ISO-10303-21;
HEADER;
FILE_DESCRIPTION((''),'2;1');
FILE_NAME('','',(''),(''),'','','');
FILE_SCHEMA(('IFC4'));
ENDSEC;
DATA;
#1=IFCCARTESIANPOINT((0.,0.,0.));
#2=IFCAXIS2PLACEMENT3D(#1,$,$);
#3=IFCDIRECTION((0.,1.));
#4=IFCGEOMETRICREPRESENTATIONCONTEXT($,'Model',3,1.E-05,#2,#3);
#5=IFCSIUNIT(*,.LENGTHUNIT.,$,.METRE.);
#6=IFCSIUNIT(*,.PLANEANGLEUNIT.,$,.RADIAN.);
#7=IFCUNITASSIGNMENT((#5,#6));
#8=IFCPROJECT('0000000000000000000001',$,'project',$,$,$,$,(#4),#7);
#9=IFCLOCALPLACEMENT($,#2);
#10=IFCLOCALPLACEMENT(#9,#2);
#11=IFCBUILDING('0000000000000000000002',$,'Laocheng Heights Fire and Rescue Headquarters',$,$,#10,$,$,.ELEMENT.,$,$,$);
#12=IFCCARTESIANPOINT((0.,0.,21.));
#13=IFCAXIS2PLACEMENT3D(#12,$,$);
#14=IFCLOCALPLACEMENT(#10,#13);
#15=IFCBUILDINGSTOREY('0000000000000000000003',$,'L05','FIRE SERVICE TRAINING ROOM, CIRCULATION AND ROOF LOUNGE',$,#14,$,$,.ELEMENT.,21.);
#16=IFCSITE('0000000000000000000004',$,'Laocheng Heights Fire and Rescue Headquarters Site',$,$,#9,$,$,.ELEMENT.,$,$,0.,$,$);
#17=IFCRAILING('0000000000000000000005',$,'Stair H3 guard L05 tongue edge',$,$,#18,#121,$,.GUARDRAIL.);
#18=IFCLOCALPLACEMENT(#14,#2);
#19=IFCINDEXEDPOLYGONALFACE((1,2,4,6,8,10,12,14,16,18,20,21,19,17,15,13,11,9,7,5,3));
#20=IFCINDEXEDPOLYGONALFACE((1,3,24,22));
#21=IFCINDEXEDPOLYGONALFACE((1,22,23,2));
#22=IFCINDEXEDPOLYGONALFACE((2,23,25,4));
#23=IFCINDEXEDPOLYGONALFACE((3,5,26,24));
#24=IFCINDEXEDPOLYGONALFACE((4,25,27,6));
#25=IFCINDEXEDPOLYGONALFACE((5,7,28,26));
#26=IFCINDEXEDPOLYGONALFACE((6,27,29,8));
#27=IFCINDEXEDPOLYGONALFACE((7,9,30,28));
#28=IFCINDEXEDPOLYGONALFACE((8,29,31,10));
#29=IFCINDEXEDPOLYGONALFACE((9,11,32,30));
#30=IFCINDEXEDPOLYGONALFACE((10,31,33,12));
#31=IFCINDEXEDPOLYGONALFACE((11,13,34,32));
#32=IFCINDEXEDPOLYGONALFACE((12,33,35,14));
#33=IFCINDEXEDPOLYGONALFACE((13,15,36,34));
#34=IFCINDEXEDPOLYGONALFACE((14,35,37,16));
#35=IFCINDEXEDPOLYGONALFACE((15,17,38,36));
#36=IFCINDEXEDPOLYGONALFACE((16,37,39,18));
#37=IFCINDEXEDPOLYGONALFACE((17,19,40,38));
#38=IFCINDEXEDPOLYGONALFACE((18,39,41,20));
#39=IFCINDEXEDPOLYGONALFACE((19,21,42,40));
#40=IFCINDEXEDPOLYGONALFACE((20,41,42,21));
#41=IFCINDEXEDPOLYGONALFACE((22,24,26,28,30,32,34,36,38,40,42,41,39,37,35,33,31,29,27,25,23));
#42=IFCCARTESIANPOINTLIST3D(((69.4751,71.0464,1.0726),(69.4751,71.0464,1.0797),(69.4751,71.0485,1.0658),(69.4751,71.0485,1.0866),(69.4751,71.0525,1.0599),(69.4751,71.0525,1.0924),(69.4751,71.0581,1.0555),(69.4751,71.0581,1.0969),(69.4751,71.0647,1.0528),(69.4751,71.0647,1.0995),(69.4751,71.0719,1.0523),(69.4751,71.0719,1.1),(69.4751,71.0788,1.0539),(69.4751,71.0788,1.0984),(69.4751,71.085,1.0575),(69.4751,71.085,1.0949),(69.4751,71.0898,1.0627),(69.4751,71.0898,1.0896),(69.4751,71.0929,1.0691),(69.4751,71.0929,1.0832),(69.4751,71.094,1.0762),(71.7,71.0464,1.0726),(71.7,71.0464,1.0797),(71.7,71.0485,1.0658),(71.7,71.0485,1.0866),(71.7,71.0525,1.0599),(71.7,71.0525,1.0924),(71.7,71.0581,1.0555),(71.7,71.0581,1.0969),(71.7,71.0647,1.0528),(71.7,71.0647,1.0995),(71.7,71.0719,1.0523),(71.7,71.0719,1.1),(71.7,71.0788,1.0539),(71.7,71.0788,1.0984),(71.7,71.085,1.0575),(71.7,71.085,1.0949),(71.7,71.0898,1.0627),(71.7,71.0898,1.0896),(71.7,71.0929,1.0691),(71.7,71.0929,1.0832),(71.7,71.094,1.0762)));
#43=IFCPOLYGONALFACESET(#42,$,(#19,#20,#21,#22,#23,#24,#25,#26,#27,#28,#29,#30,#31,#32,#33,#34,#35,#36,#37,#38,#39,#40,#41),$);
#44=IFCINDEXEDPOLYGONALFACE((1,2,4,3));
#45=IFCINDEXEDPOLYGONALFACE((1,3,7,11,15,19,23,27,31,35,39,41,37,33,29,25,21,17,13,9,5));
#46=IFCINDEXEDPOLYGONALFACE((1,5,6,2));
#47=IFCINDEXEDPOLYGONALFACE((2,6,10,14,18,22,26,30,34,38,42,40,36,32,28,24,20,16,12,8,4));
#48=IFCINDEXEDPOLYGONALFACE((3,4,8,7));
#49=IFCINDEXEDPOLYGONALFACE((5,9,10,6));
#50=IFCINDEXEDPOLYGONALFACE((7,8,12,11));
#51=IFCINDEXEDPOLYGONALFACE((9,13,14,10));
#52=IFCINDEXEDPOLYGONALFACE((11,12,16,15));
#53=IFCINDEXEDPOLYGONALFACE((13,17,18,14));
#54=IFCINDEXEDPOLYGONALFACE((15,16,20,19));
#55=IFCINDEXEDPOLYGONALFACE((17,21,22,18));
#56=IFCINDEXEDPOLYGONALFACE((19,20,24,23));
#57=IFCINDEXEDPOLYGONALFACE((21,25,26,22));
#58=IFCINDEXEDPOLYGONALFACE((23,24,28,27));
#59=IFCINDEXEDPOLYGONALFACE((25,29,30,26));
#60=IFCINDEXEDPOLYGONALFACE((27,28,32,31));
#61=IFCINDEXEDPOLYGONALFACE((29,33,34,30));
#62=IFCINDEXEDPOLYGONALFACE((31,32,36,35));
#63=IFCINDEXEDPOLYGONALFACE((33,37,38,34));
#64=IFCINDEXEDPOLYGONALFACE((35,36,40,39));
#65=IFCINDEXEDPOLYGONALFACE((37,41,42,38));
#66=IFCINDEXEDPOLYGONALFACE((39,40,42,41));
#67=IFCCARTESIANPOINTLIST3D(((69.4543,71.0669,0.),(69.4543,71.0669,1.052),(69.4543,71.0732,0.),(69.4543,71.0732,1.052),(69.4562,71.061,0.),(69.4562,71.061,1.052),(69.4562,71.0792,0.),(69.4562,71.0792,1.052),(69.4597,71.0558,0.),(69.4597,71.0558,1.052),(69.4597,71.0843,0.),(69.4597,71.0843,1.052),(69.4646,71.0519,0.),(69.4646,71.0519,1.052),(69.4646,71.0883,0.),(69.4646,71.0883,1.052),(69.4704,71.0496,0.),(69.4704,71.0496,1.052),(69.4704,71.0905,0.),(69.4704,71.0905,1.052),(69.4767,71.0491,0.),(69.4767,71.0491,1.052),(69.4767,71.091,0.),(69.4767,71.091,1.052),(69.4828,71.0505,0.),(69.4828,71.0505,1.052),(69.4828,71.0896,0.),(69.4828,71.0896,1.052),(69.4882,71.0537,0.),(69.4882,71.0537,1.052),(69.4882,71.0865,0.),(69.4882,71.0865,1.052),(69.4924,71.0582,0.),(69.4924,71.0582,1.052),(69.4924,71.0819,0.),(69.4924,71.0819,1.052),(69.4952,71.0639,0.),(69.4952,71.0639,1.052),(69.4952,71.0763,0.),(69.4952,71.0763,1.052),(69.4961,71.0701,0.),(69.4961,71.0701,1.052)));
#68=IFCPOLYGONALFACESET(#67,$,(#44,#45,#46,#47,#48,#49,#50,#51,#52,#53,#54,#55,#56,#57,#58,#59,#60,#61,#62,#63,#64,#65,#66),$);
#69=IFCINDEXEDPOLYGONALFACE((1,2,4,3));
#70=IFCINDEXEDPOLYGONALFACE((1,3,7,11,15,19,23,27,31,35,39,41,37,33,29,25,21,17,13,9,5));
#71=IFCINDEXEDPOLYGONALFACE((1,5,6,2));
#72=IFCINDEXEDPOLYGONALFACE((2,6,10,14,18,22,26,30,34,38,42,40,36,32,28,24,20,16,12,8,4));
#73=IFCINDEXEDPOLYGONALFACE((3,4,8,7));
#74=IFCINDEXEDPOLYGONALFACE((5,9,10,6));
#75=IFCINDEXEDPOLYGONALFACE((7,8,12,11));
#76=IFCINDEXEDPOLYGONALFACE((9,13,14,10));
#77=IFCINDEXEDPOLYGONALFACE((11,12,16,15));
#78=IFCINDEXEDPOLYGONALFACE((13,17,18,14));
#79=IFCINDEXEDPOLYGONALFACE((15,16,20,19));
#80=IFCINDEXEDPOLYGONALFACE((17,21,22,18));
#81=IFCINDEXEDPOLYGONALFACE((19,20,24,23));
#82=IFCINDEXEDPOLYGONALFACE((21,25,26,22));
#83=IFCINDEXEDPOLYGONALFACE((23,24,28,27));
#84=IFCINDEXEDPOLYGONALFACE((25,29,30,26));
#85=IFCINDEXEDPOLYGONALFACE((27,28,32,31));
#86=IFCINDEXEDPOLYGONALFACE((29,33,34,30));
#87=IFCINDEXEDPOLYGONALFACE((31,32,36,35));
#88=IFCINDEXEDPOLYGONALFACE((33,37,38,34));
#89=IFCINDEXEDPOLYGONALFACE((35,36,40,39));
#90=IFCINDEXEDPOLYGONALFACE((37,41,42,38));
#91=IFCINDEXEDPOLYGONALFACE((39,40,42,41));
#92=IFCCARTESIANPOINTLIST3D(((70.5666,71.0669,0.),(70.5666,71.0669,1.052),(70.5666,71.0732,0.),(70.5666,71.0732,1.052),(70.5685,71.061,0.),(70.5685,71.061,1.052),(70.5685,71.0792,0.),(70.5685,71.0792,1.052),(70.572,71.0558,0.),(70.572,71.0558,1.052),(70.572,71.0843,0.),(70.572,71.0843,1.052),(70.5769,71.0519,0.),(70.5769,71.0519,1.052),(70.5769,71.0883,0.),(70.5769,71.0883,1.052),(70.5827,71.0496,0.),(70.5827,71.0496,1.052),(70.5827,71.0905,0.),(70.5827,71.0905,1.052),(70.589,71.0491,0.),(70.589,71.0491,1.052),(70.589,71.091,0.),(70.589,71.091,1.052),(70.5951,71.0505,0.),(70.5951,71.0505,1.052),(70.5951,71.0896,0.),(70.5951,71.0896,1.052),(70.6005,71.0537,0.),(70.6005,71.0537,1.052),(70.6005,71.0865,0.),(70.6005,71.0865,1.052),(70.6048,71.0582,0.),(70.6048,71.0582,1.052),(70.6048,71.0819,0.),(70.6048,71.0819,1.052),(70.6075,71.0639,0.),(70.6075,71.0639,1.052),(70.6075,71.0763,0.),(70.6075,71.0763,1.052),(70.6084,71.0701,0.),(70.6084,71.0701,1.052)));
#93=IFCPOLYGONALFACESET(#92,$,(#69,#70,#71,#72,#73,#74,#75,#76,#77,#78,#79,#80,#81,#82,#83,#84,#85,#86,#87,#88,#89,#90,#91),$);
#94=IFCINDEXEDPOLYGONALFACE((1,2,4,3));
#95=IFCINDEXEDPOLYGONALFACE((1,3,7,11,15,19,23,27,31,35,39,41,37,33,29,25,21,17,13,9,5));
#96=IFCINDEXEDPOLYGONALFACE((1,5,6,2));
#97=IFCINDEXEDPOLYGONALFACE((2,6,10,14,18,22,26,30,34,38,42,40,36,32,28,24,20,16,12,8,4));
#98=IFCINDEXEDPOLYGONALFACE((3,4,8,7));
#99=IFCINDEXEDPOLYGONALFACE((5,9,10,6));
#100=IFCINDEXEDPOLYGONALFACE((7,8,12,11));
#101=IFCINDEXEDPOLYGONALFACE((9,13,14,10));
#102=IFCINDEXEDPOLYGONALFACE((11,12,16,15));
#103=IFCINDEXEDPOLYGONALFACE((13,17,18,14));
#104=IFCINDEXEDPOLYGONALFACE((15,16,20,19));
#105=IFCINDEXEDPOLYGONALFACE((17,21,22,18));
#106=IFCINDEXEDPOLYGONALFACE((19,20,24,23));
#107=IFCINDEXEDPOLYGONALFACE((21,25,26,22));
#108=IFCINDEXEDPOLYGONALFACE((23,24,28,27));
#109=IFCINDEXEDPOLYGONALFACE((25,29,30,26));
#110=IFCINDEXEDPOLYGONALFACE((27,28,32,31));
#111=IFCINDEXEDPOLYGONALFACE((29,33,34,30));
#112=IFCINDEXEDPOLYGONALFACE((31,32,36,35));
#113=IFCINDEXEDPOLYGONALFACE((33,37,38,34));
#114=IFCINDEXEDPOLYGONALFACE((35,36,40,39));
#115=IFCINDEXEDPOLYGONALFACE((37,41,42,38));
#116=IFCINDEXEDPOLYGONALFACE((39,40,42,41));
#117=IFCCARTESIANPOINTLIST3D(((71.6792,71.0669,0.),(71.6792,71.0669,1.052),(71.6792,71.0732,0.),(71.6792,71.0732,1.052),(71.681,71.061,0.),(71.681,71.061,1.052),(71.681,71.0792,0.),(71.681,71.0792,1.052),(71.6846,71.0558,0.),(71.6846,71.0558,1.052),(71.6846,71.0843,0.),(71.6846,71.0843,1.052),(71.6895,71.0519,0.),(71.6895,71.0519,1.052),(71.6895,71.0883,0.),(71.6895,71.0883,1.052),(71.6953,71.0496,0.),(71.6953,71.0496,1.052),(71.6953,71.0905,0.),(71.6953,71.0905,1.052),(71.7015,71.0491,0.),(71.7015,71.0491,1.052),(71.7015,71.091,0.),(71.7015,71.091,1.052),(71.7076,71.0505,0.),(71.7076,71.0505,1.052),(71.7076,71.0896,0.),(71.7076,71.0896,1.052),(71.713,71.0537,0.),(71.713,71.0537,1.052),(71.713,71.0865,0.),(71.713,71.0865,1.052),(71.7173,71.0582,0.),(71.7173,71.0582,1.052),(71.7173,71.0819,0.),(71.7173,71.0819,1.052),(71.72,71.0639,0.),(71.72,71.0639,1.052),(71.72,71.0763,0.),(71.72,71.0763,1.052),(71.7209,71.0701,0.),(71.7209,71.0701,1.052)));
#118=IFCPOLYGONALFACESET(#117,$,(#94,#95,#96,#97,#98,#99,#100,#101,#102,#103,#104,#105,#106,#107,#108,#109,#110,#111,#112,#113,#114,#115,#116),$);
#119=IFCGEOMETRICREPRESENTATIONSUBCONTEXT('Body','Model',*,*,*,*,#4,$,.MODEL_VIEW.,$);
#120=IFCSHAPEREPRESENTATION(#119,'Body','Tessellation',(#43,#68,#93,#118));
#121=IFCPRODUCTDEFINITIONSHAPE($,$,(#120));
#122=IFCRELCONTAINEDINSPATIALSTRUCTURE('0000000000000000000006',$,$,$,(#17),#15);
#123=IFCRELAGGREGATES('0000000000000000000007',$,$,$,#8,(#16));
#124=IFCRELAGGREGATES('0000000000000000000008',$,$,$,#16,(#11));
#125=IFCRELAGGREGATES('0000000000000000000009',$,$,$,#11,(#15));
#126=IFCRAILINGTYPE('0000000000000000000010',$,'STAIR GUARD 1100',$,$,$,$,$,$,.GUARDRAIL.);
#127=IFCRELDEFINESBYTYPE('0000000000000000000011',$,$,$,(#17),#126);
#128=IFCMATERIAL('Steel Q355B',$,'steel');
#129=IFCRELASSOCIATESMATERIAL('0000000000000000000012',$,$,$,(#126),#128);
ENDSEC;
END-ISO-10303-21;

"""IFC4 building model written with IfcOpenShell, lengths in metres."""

from ifc_helpers import new_model, si_unit, direction, frame, origin, origin_2d, place, context, subcontext, project, spatial, circle, extrude, material, type_object, element, save


model = new_model("IFC4")

# Units and contexts
model_context = context("Model", 3, precision=1e-05, world=origin(), true_north=direction((0.0, 1.0)))
body_context = subcontext(model_context, "Body", "Model", "MODEL_VIEW")
ifc_project = project(units=[si_unit("LENGTHUNIT", "METRE"), si_unit("PLANEANGLEUNIT", "RADIAN")], contexts=[model_context])

# Site, building, storey
site_placement = place(None, origin())
site = spatial("IfcSite", under=ifc_project, at=site_placement, Name="Laocheng Heights Fire and Rescue Headquarters Site", CompositionType="ELEMENT", RefElevation=0.0)
building_placement = place(site_placement, origin())
building = spatial("IfcBuilding", under=site, at=building_placement, Name="Laocheng Heights Fire and Rescue Headquarters", CompositionType="ELEMENT")
storey_placement = place(building_placement, frame((0.0, 0.0, 21.0)))
storey = spatial("IfcBuildingStorey", under=building, at=storey_placement, Name="L05", Description="FIRE SERVICE TRAINING ROOM, CIRCULATION AND ROOF LOUNGE", CompositionType="ELEMENT", Elevation=21.0)

# Railing
ifc_material_1 = material(Name="Steel Q355B", Category="steel")
railing_type = type_object("IfcRailingType", Name="STAIR GUARD 1100", PredefinedType="GUARDRAIL", material=ifc_material_1)
railing_1_placement = place(storey_placement, frame((69.4751, 71.0701, 0.0)))
element("IfcRailing", 1, at=railing_1_placement, inside=storey, type_object=railing_type, Name="Stair H3 guard L05 tongue edge", PredefinedType="GUARDRAIL", context=body_context, shape_type="SweptSolid", body=[
    extrude(circle(Radius=0.0239, at=origin_2d()), frame((0.0, 0.0, 1.0762), z_axis=(1.0, 0.0, 0.0), x_axis=(0.0, 1.0, 0.0)), (0.0, 0.0, 1.0), 2.2249),
    extrude(circle(Radius=0.021, at=origin_2d()), origin(), (0.0, 0.0, 1.0), 1.052),
    extrude(circle(Radius=0.021, at=origin_2d()), frame((1.1123, 0.0, 0.0)), (0.0, 0.0, 1.0), 1.052),
    extrude(circle(Radius=0.021, at=origin_2d()), frame((2.2249, 0.0, 0.0)), (0.0, 0.0, 1.0), 1.052),
])

save(model, "model.ifc")
